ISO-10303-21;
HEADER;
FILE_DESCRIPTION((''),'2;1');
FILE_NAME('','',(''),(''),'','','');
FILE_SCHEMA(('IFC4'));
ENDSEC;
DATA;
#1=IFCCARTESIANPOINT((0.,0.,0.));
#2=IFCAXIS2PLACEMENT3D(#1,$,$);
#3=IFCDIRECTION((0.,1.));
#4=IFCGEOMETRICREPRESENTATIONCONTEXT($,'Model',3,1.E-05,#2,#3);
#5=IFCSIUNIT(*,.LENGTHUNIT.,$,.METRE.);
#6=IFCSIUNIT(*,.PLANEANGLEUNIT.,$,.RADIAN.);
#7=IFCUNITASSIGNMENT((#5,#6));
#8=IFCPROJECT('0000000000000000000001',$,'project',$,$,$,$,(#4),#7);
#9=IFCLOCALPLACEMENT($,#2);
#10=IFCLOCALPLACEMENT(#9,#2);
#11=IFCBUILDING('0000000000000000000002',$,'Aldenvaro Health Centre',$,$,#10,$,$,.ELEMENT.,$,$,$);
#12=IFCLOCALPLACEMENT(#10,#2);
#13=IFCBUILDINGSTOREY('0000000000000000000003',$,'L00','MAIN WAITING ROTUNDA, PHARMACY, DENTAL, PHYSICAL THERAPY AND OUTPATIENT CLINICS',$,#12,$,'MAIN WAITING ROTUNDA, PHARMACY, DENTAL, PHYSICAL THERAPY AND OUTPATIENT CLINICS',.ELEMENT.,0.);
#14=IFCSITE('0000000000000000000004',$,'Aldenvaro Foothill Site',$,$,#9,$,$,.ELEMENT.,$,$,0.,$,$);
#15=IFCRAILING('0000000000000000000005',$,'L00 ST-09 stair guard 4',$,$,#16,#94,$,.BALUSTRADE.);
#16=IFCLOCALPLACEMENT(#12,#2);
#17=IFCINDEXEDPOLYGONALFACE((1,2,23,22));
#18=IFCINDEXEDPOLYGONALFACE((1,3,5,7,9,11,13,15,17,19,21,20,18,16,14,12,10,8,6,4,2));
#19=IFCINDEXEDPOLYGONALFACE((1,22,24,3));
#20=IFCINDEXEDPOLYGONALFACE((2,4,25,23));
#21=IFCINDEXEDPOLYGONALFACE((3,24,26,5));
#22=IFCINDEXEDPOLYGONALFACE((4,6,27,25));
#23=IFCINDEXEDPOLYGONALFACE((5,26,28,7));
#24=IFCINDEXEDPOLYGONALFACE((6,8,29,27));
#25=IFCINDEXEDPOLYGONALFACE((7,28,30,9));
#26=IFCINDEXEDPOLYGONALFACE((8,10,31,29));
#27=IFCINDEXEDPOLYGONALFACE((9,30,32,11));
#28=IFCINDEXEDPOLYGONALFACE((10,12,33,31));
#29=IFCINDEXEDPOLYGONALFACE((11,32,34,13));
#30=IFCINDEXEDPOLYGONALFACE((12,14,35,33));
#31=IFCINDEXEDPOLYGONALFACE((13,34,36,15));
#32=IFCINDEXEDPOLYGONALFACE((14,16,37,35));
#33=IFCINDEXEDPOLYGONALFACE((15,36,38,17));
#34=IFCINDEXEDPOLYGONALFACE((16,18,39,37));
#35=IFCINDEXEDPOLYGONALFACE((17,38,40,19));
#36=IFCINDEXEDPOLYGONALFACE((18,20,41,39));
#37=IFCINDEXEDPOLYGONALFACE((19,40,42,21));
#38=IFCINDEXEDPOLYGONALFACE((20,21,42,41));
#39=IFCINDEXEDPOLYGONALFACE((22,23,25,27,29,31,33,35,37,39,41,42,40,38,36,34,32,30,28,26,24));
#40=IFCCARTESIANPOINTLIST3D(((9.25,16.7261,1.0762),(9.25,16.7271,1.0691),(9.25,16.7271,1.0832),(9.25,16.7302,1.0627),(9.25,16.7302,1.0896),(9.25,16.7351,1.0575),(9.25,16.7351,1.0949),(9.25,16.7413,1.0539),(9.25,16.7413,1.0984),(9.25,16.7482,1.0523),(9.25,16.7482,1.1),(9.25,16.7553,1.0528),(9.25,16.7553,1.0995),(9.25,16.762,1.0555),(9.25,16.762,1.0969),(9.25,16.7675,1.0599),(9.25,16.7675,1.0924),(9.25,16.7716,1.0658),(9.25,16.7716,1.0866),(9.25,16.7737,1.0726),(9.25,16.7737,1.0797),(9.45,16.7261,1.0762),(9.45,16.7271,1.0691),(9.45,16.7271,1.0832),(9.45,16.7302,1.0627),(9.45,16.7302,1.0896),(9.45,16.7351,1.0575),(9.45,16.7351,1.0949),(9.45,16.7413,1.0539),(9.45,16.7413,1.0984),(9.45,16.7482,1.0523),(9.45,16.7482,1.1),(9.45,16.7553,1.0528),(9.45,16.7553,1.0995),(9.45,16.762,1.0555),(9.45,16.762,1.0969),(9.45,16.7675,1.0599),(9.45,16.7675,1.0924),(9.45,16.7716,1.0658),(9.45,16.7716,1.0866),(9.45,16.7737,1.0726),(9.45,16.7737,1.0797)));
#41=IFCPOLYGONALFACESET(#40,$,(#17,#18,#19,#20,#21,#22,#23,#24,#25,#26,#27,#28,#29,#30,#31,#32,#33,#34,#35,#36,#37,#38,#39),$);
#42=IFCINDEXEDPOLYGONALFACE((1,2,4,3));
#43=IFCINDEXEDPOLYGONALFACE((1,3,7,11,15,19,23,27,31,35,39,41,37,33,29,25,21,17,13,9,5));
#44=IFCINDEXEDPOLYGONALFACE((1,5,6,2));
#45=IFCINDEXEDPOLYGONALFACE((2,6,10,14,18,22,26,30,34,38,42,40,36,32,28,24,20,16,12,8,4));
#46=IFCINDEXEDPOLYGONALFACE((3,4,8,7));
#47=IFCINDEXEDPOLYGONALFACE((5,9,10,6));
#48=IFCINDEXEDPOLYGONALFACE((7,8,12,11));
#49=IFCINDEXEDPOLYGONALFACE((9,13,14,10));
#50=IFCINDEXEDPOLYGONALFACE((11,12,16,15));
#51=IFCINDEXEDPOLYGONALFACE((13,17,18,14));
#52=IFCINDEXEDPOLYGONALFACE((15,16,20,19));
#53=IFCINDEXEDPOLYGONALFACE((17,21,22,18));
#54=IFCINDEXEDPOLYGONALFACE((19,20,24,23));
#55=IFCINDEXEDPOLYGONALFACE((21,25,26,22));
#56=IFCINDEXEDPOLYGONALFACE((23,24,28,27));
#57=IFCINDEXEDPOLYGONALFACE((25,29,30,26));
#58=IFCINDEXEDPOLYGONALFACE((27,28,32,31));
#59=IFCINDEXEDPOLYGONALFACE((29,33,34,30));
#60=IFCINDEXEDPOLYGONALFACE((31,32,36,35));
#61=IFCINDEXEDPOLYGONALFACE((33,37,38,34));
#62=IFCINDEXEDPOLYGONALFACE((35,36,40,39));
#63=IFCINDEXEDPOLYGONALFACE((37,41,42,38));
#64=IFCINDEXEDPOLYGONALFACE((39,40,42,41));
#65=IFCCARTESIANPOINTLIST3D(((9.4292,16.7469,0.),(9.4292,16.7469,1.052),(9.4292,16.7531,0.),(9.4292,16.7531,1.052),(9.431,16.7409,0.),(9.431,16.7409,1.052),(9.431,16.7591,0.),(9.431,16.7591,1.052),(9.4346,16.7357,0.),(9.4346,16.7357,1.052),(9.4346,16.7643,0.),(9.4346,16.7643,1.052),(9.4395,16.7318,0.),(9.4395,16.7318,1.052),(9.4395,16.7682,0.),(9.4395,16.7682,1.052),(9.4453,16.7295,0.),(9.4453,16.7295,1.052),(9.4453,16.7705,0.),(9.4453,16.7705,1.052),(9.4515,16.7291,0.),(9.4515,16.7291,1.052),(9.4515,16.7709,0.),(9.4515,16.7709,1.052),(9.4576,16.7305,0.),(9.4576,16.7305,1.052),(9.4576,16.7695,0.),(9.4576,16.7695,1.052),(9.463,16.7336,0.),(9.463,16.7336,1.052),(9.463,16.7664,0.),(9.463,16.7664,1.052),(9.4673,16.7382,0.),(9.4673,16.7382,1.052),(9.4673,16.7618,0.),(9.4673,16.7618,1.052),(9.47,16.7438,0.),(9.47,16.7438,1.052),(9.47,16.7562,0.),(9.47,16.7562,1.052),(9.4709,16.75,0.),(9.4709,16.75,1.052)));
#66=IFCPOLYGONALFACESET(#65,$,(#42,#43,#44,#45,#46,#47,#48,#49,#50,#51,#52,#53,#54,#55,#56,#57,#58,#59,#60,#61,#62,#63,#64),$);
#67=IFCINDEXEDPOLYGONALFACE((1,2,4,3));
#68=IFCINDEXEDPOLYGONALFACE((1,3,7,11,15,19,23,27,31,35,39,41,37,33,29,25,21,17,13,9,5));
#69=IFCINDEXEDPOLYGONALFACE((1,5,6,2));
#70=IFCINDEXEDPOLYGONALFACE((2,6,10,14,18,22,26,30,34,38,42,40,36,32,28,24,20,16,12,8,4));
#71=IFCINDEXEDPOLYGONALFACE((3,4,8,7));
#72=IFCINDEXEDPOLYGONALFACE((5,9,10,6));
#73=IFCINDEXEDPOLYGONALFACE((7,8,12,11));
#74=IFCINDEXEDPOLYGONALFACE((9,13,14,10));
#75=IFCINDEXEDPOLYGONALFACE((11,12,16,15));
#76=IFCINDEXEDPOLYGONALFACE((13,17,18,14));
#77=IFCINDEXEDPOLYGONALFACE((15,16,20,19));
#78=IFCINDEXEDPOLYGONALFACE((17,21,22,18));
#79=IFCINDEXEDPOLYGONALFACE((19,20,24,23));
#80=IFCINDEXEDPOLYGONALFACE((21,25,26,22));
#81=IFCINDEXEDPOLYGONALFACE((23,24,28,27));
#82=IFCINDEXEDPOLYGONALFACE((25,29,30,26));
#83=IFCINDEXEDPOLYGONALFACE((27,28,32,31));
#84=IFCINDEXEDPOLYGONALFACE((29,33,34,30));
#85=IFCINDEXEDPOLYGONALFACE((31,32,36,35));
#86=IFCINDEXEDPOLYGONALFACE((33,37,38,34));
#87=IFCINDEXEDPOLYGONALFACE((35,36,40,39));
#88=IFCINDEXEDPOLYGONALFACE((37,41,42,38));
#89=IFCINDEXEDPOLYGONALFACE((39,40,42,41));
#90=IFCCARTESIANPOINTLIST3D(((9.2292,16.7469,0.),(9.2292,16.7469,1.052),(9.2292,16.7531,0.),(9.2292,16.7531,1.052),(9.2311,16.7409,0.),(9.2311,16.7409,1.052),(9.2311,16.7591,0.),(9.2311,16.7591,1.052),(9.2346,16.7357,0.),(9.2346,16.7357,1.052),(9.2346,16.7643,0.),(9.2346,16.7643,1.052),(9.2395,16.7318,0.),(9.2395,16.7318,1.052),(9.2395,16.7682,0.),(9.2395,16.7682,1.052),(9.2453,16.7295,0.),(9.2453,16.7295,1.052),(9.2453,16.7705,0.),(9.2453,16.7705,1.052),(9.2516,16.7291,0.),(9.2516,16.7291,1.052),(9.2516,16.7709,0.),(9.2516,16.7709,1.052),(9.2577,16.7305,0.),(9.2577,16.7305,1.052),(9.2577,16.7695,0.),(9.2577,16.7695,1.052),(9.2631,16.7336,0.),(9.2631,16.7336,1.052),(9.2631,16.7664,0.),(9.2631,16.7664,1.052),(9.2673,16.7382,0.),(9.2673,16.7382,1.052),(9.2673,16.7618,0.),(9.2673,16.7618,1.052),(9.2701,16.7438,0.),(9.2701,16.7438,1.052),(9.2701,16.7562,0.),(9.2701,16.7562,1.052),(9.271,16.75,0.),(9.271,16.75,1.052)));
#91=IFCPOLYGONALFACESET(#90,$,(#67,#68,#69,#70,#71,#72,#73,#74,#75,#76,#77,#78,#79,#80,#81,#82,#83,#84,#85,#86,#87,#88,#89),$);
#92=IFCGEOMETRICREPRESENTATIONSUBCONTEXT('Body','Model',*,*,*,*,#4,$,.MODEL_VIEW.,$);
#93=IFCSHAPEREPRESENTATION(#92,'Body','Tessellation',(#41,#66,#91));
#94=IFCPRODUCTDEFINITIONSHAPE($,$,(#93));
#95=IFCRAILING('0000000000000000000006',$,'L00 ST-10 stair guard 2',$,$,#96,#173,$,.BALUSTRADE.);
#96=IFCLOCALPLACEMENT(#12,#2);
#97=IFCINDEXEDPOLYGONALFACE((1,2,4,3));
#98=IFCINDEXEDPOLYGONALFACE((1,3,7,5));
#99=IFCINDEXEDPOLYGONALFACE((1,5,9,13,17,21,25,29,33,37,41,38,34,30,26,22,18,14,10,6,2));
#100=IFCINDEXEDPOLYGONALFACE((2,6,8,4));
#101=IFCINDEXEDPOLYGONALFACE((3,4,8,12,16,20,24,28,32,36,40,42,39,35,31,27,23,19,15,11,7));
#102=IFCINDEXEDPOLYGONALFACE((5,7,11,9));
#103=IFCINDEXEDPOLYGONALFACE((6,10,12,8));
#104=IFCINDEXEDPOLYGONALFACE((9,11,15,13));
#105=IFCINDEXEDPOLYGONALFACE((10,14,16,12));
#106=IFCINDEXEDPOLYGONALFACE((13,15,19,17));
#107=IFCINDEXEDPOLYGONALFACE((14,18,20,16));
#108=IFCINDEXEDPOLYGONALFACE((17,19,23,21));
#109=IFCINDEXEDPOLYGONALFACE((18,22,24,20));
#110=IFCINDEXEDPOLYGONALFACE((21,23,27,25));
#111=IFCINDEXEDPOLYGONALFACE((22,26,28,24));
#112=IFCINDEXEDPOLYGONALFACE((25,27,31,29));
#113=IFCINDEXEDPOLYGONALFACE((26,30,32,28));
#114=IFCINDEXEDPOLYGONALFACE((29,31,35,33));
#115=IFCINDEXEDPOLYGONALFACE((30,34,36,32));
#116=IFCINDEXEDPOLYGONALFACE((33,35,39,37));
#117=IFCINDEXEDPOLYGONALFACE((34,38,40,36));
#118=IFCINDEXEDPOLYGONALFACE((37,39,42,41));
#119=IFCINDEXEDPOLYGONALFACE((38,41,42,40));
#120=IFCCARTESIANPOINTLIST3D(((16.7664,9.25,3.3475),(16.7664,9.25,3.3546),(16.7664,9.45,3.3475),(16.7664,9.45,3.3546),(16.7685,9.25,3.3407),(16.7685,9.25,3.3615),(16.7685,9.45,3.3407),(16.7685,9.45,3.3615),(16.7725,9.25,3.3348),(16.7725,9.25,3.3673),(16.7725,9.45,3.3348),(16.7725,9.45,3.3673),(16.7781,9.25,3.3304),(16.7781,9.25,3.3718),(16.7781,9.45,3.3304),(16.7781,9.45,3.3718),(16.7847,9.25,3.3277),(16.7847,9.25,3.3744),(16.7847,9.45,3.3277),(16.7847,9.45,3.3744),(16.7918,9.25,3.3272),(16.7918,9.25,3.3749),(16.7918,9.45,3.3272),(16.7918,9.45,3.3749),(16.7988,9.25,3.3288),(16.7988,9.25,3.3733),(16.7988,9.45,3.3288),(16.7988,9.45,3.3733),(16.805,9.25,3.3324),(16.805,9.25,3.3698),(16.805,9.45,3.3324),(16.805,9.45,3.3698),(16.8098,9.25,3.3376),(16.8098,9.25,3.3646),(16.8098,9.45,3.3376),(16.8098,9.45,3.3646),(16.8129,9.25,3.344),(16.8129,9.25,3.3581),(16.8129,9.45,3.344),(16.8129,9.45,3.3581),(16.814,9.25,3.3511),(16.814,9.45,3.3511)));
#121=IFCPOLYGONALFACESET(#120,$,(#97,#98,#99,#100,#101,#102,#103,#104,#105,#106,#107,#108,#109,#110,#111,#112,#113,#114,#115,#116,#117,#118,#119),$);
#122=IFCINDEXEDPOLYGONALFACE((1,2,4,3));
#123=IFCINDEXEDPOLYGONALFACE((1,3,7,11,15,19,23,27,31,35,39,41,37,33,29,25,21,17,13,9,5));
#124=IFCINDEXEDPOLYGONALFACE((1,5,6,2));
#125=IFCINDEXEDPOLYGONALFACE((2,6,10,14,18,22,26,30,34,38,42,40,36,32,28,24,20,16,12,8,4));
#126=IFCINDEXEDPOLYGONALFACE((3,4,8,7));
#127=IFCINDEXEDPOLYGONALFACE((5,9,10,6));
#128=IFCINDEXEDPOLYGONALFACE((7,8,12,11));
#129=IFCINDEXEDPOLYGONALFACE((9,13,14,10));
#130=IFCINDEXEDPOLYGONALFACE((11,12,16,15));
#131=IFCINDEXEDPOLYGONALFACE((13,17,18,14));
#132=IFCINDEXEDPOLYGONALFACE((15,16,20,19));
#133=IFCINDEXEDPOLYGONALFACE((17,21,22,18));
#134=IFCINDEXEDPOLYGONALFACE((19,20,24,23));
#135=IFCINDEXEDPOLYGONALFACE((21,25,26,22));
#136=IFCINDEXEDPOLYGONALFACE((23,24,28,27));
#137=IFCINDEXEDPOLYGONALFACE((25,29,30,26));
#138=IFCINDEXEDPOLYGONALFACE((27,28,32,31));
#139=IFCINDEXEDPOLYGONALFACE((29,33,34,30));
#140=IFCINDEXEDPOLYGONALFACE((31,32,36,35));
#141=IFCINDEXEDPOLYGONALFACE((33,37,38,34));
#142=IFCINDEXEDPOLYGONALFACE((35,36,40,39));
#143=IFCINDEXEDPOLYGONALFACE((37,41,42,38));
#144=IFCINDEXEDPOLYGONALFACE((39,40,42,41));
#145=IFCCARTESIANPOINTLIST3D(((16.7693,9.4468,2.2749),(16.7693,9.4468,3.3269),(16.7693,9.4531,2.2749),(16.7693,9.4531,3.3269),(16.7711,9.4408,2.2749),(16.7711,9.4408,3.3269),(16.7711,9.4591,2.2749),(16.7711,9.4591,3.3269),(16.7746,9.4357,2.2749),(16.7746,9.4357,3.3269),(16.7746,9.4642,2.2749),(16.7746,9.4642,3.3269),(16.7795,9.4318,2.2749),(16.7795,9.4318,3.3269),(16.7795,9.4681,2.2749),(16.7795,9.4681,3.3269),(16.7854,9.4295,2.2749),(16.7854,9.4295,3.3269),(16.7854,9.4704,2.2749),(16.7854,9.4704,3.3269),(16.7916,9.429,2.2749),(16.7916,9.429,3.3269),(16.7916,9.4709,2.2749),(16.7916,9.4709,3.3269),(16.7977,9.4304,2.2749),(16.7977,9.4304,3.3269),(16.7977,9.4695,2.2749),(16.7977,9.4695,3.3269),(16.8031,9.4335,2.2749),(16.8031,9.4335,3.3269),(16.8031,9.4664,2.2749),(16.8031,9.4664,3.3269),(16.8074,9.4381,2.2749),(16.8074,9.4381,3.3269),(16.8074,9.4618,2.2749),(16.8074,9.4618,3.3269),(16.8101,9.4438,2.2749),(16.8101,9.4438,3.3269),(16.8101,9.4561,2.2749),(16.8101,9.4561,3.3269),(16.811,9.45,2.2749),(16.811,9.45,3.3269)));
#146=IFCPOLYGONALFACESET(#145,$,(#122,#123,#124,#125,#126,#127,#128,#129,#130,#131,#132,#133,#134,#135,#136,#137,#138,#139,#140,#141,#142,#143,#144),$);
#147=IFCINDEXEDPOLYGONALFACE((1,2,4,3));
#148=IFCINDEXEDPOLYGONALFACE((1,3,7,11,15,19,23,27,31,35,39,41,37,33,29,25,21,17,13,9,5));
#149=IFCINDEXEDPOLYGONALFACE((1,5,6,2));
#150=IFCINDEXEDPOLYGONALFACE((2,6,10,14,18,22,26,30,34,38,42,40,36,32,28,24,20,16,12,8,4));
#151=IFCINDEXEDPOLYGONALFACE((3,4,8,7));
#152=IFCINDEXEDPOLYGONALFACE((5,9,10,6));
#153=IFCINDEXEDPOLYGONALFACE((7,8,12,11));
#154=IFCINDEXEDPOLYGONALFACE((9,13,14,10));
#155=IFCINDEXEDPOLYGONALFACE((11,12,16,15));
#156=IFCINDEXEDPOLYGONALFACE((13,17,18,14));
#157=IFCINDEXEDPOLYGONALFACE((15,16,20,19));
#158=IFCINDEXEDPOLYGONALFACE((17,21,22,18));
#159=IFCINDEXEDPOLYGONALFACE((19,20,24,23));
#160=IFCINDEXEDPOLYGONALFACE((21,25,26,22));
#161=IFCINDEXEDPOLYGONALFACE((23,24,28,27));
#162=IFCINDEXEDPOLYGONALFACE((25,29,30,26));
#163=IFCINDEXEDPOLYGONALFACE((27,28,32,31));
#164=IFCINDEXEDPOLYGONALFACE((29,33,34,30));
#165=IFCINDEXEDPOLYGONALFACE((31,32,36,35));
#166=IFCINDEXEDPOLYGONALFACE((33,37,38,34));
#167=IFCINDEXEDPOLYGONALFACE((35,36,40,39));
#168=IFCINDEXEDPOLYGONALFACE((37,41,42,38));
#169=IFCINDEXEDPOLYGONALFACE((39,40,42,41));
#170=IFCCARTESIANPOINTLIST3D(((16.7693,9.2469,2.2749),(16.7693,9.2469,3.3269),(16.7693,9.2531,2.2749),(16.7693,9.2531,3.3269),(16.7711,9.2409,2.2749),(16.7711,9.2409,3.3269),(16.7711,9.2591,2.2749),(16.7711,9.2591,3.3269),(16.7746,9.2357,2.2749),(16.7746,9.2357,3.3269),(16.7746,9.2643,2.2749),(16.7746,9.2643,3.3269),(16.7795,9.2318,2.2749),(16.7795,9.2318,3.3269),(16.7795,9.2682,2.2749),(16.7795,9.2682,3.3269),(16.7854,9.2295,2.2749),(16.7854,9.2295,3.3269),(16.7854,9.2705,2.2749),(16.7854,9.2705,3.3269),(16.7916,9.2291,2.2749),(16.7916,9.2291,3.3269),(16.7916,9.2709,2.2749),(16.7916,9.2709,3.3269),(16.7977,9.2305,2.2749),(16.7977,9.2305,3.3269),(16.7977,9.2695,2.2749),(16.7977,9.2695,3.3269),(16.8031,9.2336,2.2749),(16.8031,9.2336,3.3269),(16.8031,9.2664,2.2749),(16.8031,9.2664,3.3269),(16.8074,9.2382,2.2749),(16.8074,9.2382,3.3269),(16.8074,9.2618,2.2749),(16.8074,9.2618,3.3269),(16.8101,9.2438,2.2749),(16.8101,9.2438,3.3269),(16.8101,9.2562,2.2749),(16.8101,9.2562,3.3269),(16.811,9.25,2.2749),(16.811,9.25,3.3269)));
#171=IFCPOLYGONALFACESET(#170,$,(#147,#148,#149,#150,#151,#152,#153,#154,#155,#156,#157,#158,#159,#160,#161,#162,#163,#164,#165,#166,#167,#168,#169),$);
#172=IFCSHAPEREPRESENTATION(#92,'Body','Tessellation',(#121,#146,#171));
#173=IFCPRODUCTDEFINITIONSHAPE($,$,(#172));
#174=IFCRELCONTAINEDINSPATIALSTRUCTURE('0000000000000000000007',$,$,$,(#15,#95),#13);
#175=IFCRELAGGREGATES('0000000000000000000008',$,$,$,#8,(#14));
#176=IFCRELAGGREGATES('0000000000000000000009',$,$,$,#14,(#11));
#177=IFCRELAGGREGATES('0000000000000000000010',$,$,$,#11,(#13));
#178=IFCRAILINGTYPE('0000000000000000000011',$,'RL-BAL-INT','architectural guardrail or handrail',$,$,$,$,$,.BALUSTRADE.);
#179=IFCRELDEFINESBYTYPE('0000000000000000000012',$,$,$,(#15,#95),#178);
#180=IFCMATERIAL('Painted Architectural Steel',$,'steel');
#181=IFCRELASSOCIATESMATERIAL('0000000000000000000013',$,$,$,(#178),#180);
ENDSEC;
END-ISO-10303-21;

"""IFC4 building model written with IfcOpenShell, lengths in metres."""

from ifc_helpers import new_model, si_unit, direction, frame, origin, origin_2d, place, context, subcontext, project, spatial, circle, extrude, material, type_object, element, save


model = new_model("IFC4")

# Units and contexts
model_context = context("Model", 3, precision=1e-05, world=origin(), true_north=direction((0.0, 1.0)))
body_context = subcontext(model_context, "Body", "Model", "MODEL_VIEW")
ifc_project = project(units=[si_unit("LENGTHUNIT", "METRE"), si_unit("PLANEANGLEUNIT", "RADIAN")], contexts=[model_context])

# Site, building, storey
site_placement = place(None, origin())
site = spatial("IfcSite", under=ifc_project, at=site_placement, Name="Aldenvaro Foothill Site", CompositionType="ELEMENT", RefElevation=0.0)
building_placement = place(site_placement, origin())
building = spatial("IfcBuilding", under=site, at=building_placement, Name="Aldenvaro Health Centre", CompositionType="ELEMENT")
storey_placement = place(building_placement, origin())
storey = spatial("IfcBuildingStorey", under=building, at=storey_placement, Name="L00", Description="MAIN WAITING ROTUNDA, PHARMACY, DENTAL, PHYSICAL THERAPY AND OUTPATIENT CLINICS", LongName="MAIN WAITING ROTUNDA, PHARMACY, DENTAL, PHYSICAL THERAPY AND OUTPATIENT CLINICS", CompositionType="ELEMENT", Elevation=0.0)

# Railings
ifc_material_1 = material(Name="Painted Architectural Steel", Category="steel")
railing_type_1 = type_object("IfcRailingType", Name="RL-BAL-INT", Description="architectural guardrail or handrail", PredefinedType="BALUSTRADE", material=ifc_material_1)
railing_1_placement = place(storey_placement, frame((9.45, 16.75, 0.0)))
element("IfcRailing", 1, at=railing_1_placement, inside=storey, type_object=railing_type_1, Name="L00 ST-09 stair guard 4", PredefinedType="BALUSTRADE", context=body_context, shape_type="SweptSolid", body=[
    extrude(circle(Radius=0.0239, at=origin_2d()), frame((0.0, 0.0, 1.0762), z_axis=(-1.0, 0.0, 0.0), x_axis=(0.0, -1.0, 0.0)), (0.0, 0.0, 1.0), 0.2),
    extrude(circle(Radius=0.021, at=origin_2d()), origin(), (0.0, 0.0, 1.0), 1.052),
    extrude(circle(Radius=0.021, at=origin_2d()), frame((-0.2, 0.0, 0.0)), (0.0, 0.0, 1.0), 1.052),
])
railing_2_placement = place(storey_placement, frame((16.79, 9.45, 2.2749)))
element("IfcRailing", 2, at=railing_2_placement, inside=storey, type_object=railing_type_1, Name="L00 ST-10 stair guard 2", PredefinedType="BALUSTRADE", context=body_context, shape_type="SweptSolid", body=[
    extrude(circle(Radius=0.0239, at=origin_2d()), frame((0.0, 0.0, 1.0762), z_axis=(0.0, -1.0, 0.0), x_axis=(1.0, 0.0, 0.0)), (0.0, 0.0, 1.0), 0.2),
    extrude(circle(Radius=0.021, at=origin_2d()), origin(), (0.0, 0.0, 1.0), 1.052),
    extrude(circle(Radius=0.021, at=origin_2d()), frame((0.0, -0.2, 0.0)), (0.0, 0.0, 1.0), 1.052),
])

save(model, "model.ifc")
